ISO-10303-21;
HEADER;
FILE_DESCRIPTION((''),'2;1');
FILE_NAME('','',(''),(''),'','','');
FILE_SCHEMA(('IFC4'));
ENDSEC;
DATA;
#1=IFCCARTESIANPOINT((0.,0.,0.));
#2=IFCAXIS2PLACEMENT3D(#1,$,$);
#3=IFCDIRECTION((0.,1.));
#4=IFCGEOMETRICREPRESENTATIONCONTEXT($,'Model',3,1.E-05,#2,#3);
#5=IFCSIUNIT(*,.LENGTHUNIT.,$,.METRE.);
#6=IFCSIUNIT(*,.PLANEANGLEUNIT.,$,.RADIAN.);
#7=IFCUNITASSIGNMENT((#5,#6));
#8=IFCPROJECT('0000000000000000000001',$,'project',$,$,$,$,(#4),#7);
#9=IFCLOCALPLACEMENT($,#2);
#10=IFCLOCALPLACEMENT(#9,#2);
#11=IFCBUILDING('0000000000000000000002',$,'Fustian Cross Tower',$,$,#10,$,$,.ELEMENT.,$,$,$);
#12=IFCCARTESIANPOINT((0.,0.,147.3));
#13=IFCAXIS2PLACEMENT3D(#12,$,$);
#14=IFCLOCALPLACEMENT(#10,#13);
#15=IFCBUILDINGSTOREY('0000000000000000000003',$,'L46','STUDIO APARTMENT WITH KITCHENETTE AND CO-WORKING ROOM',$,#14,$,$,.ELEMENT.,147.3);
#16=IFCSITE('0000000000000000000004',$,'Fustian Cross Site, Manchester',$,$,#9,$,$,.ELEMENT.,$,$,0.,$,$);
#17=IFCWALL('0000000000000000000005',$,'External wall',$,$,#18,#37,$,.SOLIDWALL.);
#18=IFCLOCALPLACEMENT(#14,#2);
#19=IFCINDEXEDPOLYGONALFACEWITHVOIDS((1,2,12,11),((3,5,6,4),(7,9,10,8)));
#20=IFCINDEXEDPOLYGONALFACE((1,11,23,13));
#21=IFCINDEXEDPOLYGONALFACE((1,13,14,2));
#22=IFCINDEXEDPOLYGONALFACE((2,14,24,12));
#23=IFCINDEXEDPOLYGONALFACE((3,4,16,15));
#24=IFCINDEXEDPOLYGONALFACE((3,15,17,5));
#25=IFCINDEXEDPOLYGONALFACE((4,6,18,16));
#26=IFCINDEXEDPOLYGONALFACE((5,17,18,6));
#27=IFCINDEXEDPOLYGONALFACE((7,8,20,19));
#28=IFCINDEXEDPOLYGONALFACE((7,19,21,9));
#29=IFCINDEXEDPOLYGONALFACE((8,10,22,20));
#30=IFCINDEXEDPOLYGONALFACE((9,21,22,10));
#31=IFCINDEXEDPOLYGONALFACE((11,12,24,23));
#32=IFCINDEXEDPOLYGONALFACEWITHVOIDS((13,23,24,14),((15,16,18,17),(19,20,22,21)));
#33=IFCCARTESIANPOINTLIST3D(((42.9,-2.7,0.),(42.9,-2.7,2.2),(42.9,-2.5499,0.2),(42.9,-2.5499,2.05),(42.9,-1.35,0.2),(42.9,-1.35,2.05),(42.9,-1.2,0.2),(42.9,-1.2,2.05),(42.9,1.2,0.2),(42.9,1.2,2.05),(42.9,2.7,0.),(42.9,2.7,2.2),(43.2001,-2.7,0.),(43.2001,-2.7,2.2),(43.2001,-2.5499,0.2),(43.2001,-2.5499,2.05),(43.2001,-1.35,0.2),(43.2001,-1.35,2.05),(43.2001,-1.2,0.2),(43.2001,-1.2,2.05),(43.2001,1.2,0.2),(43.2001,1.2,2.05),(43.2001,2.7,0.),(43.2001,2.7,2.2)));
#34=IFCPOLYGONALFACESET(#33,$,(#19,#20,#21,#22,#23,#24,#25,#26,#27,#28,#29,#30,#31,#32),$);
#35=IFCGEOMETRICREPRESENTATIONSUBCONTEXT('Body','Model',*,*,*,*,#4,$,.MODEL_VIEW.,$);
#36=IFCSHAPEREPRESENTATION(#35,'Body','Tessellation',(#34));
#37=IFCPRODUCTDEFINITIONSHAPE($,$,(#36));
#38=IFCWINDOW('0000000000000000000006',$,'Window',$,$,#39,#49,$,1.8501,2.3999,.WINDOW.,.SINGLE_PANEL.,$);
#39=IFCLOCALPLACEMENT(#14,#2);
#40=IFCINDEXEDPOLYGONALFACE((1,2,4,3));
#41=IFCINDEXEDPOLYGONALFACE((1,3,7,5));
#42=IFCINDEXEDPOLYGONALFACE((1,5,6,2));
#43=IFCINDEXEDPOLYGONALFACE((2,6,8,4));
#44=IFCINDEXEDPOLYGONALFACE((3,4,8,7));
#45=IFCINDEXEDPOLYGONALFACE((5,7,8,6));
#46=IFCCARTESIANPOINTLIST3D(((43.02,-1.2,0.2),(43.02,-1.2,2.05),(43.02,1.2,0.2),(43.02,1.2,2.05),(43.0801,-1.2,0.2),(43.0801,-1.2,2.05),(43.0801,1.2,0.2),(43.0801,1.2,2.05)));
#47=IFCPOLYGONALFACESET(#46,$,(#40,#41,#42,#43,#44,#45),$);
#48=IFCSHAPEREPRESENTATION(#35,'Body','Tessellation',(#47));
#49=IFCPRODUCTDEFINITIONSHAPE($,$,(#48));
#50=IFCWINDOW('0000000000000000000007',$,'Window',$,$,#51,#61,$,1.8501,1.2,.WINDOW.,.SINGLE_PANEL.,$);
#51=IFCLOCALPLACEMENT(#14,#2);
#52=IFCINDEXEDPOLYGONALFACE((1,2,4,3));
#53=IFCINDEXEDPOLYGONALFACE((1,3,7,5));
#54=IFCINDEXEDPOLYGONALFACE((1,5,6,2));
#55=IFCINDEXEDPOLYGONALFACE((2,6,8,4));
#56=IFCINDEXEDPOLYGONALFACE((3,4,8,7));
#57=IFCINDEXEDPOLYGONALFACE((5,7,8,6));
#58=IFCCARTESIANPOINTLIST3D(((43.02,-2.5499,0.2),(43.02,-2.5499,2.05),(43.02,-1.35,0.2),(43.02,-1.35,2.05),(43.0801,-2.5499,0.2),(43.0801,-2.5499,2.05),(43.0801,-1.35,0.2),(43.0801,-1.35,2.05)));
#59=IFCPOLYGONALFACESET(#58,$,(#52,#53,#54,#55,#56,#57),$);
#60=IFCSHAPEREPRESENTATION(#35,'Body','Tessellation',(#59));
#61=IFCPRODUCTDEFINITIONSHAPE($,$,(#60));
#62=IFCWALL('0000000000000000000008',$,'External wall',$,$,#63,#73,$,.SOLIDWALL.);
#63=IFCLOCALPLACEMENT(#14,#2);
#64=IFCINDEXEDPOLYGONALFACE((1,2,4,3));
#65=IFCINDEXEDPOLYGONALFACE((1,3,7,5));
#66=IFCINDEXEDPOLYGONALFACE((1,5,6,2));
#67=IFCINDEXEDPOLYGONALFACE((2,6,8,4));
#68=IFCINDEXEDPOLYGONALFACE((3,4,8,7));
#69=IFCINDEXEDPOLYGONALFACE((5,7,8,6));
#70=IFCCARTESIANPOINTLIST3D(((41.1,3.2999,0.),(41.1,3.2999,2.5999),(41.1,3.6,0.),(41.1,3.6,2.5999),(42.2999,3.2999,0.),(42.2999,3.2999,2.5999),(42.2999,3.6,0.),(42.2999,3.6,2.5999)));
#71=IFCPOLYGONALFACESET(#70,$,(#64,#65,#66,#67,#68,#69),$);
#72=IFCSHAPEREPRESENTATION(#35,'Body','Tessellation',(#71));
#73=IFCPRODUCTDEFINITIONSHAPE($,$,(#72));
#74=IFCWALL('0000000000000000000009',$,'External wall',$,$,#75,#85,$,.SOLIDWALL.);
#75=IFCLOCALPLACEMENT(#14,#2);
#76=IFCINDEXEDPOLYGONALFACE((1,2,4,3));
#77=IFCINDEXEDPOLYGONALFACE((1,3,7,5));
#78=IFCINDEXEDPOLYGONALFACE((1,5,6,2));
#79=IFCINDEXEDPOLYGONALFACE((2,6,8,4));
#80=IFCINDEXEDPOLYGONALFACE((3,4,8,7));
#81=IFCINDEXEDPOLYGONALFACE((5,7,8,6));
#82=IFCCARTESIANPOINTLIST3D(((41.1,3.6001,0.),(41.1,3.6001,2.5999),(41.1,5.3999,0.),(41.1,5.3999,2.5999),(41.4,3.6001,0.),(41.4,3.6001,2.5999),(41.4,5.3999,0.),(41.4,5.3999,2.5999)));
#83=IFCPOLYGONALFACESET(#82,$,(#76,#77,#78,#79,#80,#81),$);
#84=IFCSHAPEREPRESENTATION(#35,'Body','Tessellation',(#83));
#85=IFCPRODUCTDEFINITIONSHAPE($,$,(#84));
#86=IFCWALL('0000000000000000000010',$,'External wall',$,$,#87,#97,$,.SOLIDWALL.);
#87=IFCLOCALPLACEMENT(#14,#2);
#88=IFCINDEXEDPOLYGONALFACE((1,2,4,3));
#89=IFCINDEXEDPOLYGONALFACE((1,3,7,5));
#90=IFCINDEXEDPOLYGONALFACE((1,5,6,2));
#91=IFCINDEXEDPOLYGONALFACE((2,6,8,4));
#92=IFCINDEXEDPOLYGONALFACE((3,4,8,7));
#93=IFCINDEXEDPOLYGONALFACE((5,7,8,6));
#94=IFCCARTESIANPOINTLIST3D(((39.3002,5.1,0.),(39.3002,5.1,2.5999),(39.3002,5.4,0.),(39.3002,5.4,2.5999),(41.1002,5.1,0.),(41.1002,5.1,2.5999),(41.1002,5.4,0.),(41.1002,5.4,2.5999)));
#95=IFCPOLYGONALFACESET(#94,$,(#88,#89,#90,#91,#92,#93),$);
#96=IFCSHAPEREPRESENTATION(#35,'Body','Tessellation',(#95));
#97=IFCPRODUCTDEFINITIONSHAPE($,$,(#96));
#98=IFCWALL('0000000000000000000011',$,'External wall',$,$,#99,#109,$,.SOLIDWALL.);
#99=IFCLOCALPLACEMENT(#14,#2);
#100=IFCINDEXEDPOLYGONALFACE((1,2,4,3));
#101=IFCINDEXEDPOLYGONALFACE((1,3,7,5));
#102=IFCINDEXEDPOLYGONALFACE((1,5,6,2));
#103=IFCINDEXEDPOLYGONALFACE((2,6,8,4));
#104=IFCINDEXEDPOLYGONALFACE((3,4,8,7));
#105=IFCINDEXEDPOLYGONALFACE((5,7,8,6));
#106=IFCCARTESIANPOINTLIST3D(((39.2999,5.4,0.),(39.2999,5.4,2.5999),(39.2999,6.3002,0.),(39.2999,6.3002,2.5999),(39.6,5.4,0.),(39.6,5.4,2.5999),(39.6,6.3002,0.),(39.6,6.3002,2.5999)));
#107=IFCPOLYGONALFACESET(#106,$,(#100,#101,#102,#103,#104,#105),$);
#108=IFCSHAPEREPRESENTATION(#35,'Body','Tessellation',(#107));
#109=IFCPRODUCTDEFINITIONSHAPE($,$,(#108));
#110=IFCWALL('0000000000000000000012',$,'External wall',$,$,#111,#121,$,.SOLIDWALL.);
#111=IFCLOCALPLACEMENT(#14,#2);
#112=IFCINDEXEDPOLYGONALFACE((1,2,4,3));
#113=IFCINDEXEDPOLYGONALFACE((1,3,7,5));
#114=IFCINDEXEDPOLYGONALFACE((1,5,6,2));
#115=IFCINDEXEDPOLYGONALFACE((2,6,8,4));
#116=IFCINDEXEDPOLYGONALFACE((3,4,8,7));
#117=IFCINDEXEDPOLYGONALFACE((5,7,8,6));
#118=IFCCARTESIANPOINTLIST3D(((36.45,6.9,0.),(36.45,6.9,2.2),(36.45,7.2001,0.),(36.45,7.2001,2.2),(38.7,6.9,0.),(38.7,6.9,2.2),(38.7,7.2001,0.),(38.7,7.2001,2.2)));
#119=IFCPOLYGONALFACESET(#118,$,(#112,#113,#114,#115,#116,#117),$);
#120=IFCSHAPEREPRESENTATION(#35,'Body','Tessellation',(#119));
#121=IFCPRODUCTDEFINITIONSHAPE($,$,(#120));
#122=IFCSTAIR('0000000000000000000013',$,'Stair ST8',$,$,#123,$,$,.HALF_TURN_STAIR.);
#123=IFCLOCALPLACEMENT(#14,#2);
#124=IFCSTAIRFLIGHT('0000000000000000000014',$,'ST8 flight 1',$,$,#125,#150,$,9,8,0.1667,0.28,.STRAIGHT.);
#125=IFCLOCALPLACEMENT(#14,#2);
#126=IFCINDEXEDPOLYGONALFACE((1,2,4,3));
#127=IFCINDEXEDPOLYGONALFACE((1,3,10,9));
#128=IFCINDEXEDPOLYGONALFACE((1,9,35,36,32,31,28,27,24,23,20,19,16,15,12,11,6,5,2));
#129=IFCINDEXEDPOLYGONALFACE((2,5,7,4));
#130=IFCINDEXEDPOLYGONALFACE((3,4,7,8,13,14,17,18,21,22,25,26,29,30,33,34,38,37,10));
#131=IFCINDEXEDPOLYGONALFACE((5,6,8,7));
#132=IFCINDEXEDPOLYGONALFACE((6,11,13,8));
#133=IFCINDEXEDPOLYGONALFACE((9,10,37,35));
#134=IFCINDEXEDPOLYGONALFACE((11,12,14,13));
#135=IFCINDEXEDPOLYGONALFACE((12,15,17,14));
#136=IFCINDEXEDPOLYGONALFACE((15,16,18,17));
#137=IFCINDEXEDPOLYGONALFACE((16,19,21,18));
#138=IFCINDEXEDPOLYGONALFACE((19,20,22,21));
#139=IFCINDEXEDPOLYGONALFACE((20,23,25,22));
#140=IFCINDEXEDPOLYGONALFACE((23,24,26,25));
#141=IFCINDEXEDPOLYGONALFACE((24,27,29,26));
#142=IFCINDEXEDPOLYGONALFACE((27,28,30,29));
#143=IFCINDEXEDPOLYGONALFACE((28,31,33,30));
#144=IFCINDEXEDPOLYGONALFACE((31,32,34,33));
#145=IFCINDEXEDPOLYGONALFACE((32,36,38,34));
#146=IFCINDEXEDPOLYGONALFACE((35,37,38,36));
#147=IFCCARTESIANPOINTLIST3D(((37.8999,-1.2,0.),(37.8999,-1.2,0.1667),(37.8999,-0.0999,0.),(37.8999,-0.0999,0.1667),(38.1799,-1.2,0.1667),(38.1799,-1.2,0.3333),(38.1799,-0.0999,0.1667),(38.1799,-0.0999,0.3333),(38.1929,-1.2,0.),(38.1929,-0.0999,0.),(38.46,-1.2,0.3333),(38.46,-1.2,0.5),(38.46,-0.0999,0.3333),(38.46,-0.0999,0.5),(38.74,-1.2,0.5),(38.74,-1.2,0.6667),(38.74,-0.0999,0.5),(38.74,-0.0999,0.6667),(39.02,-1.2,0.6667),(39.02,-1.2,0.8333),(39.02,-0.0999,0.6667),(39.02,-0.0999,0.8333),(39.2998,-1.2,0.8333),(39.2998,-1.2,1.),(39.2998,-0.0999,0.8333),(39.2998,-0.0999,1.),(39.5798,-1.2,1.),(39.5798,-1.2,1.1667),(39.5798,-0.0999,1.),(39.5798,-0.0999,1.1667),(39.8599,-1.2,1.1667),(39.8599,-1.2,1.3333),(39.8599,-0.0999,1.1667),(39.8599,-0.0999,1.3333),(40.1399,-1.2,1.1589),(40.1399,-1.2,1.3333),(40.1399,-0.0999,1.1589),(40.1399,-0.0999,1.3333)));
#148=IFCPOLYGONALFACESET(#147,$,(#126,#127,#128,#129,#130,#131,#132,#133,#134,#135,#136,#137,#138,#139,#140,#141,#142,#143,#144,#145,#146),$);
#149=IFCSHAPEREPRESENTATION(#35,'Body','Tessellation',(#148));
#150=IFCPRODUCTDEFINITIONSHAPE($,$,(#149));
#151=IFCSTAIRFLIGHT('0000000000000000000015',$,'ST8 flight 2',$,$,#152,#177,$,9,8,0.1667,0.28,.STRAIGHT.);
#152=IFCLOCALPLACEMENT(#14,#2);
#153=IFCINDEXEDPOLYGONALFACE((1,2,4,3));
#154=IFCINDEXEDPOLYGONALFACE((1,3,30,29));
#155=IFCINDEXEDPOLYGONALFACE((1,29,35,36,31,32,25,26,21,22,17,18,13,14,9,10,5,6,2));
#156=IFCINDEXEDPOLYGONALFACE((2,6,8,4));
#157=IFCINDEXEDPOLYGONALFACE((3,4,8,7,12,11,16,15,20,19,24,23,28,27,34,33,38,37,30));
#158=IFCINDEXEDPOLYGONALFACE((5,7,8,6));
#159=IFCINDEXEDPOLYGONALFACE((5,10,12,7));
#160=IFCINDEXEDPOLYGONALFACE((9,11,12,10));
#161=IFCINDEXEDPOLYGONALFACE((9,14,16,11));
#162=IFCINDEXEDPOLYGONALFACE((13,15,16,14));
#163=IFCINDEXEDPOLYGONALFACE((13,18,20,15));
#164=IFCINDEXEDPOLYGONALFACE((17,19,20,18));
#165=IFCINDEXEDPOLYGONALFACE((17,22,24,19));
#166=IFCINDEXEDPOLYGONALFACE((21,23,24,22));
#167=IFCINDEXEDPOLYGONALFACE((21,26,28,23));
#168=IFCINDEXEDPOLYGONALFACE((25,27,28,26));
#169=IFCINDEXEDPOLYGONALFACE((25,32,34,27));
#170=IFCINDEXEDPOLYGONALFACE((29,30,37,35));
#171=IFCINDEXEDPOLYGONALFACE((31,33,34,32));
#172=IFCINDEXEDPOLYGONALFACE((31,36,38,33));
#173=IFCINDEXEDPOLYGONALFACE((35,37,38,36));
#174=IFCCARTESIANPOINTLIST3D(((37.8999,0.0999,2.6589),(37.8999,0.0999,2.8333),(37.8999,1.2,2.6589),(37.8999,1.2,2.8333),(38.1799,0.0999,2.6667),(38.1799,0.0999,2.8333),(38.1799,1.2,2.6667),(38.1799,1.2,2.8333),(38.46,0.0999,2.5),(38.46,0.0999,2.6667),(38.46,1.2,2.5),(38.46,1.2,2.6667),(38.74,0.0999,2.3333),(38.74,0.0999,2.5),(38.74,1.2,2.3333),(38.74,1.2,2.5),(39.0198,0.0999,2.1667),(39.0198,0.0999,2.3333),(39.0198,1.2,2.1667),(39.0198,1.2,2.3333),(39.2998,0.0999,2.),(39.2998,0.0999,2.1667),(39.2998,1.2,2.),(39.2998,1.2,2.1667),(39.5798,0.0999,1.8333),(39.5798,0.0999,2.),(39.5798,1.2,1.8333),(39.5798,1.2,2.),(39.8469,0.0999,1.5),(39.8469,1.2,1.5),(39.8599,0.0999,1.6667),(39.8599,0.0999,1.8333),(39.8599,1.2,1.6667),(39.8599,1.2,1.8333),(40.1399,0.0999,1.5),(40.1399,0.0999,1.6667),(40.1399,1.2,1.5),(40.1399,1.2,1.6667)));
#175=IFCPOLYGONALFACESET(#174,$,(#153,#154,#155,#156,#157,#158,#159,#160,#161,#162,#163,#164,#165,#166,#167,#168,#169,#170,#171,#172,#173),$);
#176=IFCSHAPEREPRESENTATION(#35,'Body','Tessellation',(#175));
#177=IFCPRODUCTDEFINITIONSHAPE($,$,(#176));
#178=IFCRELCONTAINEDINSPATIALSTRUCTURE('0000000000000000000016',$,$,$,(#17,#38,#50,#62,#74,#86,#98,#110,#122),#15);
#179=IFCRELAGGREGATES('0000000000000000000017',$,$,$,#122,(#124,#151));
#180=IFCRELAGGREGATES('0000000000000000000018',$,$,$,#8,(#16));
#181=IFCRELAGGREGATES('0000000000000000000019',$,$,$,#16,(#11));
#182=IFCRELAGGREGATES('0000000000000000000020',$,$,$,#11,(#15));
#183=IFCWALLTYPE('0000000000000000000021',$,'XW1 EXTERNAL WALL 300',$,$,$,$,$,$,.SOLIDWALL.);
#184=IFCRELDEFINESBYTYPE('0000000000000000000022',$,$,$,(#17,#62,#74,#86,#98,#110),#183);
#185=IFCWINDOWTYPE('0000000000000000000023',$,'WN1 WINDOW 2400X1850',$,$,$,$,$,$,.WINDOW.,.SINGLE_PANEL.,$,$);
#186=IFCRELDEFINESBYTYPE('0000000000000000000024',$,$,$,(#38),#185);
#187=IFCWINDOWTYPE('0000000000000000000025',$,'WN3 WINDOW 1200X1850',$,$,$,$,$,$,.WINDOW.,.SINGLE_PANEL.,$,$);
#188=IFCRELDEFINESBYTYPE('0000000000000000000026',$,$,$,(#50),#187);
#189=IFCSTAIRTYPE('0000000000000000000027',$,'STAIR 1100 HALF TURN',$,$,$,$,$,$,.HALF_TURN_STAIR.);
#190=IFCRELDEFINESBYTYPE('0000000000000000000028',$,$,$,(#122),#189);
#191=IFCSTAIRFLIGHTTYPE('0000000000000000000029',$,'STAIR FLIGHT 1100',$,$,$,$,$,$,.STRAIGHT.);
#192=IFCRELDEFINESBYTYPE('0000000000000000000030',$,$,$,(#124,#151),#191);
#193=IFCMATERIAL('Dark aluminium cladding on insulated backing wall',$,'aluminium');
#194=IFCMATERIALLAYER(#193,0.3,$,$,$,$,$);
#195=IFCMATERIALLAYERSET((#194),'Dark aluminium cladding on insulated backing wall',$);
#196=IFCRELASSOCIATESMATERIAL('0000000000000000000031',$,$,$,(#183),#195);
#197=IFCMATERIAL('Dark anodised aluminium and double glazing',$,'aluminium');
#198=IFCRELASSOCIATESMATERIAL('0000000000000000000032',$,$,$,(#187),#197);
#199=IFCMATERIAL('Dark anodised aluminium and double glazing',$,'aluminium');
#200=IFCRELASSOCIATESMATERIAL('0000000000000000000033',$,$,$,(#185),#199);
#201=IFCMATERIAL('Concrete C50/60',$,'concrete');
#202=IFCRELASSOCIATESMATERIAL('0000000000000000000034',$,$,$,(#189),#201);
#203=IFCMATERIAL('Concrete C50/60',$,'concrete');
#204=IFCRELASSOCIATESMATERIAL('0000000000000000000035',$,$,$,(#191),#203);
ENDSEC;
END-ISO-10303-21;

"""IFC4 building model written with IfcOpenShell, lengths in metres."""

from ifc_helpers import new_model, si_unit, direction, frame, frame_2d, origin, place, context, subcontext, project, spatial, polyline, rectangle, outline, extrude, material, layer, layer_set, type_object, element, fill, aggregate, save


model = new_model("IFC4")

# Units and contexts
model_context = context("Model", 3, precision=1e-05, world=origin(), true_north=direction((0.0, 1.0)))
body_context = subcontext(model_context, "Body", "Model", "MODEL_VIEW")
ifc_project = project(units=[si_unit("LENGTHUNIT", "METRE"), si_unit("PLANEANGLEUNIT", "RADIAN")], contexts=[model_context])

# Site, building, storey
site_placement = place(None, origin())
site = spatial("IfcSite", under=ifc_project, at=site_placement, Name="Fustian Cross Site, Manchester", CompositionType="ELEMENT", RefElevation=0.0)
building_placement = place(site_placement, origin())
building = spatial("IfcBuilding", under=site, at=building_placement, Name="Fustian Cross Tower", CompositionType="ELEMENT")
storey_placement = place(building_placement, frame((0.0, 0.0, 147.3)))
storey = spatial("IfcBuildingStorey", under=building, at=storey_placement, Name="L46", Description="STUDIO APARTMENT WITH KITCHENETTE AND CO-WORKING ROOM", CompositionType="ELEMENT", Elevation=147.3)

# Shared definitions
ifc_material_1 = material(Name="Dark aluminium cladding on insulated backing wall", Category="aluminium")
ifc_layer_1 = layer(ifc_material_1, 0.3)
ifc_layer_set_1 = layer_set([ifc_layer_1], Name="Dark aluminium cladding on insulated backing wall")
wall_type_1 = type_object("IfcWallType", Name="XW1 EXTERNAL WALL 300", PredefinedType="SOLIDWALL", material=ifc_layer_set_1)

# Shared definitions
ifc_material_2 = material(Name="Dark anodised aluminium and double glazing", Category="aluminium")
window_type_1 = type_object("IfcWindowType", Name="WN3 WINDOW 1200X1850", PartitioningType="SINGLE_PANEL", PredefinedType="WINDOW", material=ifc_material_2)

# Wall, openings, windows
wall_1_placement = place(storey_placement, frame((43.05, -2.7, 0.0), z_axis=(0.0, 0.0, 1.0), x_axis=(0.0, 1.0, 0.0)))
wall_1 = element("IfcWall", 1, at=wall_1_placement, inside=storey, type_object=wall_type_1, Name="External wall", PredefinedType="SOLIDWALL", context=body_context, shape_type="SweptSolid", body=[
    extrude(rectangle(XDim=5.3999, YDim=0.3, at=frame_2d((2.7, 0.0))), origin(), (0.0, 0.0, 1.0), 2.2),
])
opening_1_placement = place(wall_1_placement, frame((1.5, 0.0, 0.2)))
opening_1 = element("IfcOpeningElement", 2, at=opening_1_placement, cuts=wall_1, PredefinedType="OPENING", context=body_context, shape_type="SweptSolid", body=[
    extrude(rectangle(XDim=2.3999, YDim=1.8501, at=frame_2d((1.2, 0.925))), frame((0.0, 0.1599, 0.0), z_axis=(0.0, -1.0, 0.0), x_axis=(1.0, 0.0, 0.0)), (0.0, 0.0, 1.0), 0.3201),
])
opening_2_placement = place(wall_1_placement, frame((0.1499, 0.0, 0.2)))
opening_2 = element("IfcOpeningElement", 3, at=opening_2_placement, cuts=wall_1, PredefinedType="OPENING", context=body_context, shape_type="SweptSolid", body=[
    extrude(rectangle(XDim=1.2, YDim=1.8501, at=frame_2d((0.6001, 0.925))), frame((0.0, 0.1599, 0.0), z_axis=(0.0, -1.0, 0.0), x_axis=(1.0, 0.0, 0.0)), (0.0, 0.0, 1.0), 0.3201),
])
ifc_material_3 = material(Name="Dark anodised aluminium and double glazing", Category="aluminium")
window_type_2 = type_object("IfcWindowType", Name="WN1 WINDOW 2400X1850", PartitioningType="SINGLE_PANEL", PredefinedType="WINDOW", material=ifc_material_3)
window_1_placement = place(opening_1_placement, origin())
window_1 = element("IfcWindow", 4, at=window_1_placement, inside=storey, type_object=window_type_2, Name="Window", OverallHeight=1.8501, OverallWidth=2.3999, PartitioningType="SINGLE_PANEL", PredefinedType="WINDOW", context=body_context, shape_type="SweptSolid", body=[
    extrude(rectangle(XDim=2.3999, YDim=1.8501, at=frame_2d((1.2, 0.925))), frame((0.0, 0.03, 0.0), z_axis=(0.0, -1.0, 0.0), x_axis=(1.0, 0.0, 0.0)), (0.0, 0.0, 1.0), 0.0601),
])
fill(opening_1, window_1)
window_2_placement = place(opening_2_placement, origin())
window_2 = element("IfcWindow", 5, at=window_2_placement, inside=storey, type_object=window_type_1, Name="Window", OverallHeight=1.8501, OverallWidth=1.2, PartitioningType="SINGLE_PANEL", PredefinedType="WINDOW", context=body_context, shape_type="SweptSolid", body=[
    extrude(rectangle(XDim=1.2, YDim=1.8501, at=frame_2d((0.6001, 0.925))), frame((0.0, 0.03, 0.0), z_axis=(0.0, -1.0, 0.0), x_axis=(1.0, 0.0, 0.0)), (0.0, 0.0, 1.0), 0.0601),
])
fill(opening_2, window_2)

# Walls
wall_2_placement = place(storey_placement, frame((42.3, 3.45, 0.0), z_axis=(0.0, 0.0, 1.0), x_axis=(-1.0, 0.0, 0.0)))
element("IfcWall", 6, at=wall_2_placement, inside=storey, type_object=wall_type_1, Name="External wall", PredefinedType="SOLIDWALL", context=body_context, shape_type="SweptSolid", body=[
    extrude(rectangle(XDim=1.2, YDim=0.3, at=frame_2d((0.6001, 0.0))), origin(), (0.0, 0.0, 1.0), 2.5999),
])
wall_3_placement = place(storey_placement, frame((41.25, 3.6001, 0.0), z_axis=(0.0, 0.0, 1.0), x_axis=(0.0, 1.0, 0.0)))
element("IfcWall", 7, at=wall_3_placement, inside=storey, type_object=wall_type_1, Name="External wall", PredefinedType="SOLIDWALL", context=body_context, shape_type="SweptSolid", body=[
    extrude(rectangle(XDim=1.7998, YDim=0.3, at=frame_2d((0.8999, 0.0))), origin(), (0.0, 0.0, 1.0), 2.5999),
])
wall_4_placement = place(storey_placement, frame((41.1001, 5.25, 0.0), z_axis=(0.0, 0.0, 1.0), x_axis=(-1.0, 0.0, 0.0)))
element("IfcWall", 8, at=wall_4_placement, inside=storey, type_object=wall_type_1, Name="External wall", PredefinedType="SOLIDWALL", context=body_context, shape_type="SweptSolid", body=[
    extrude(rectangle(XDim=1.8, YDim=0.3, at=frame_2d((0.8999, 0.0))), origin(), (0.0, 0.0, 1.0), 2.5999),
])
wall_5_placement = place(storey_placement, frame((39.45, 5.3999, 0.0), z_axis=(0.0, 0.0, 1.0), x_axis=(0.0, 1.0, 0.0)))
element("IfcWall", 9, at=wall_5_placement, inside=storey, type_object=wall_type_1, Name="External wall", PredefinedType="SOLIDWALL", context=body_context, shape_type="SweptSolid", body=[
    extrude(rectangle(XDim=0.9001, YDim=0.3, at=frame_2d((0.4502, 0.0))), origin(), (0.0, 0.0, 1.0), 2.5999),
])
wall_6_placement = place(storey_placement, frame((38.7, 7.05, 0.0), z_axis=(0.0, 0.0, 1.0), x_axis=(-1.0, 0.0, 0.0)))
element("IfcWall", 10, at=wall_6_placement, inside=storey, type_object=wall_type_1, Name="External wall", PredefinedType="SOLIDWALL", context=body_context, shape_type="SweptSolid", body=[
    extrude(rectangle(XDim=2.25, YDim=0.3, at=frame_2d((1.125, 0.0))), origin(), (0.0, 0.0, 1.0), 2.2),
])

# Stair, stair flights
ifc_material_4 = material(Name="Concrete C50/60", Category="concrete")
stair_type = type_object("IfcStairType", Name="STAIR 1100 HALF TURN", PredefinedType="HALF_TURN_STAIR", material=ifc_material_4)
stair_placement = place(storey_placement, origin())
stair = element("IfcStair", 11, at=stair_placement, inside=storey, type_object=stair_type, Name="Stair ST8", PredefinedType="HALF_TURN_STAIR")
ifc_material_5 = material(Name="Concrete C50/60", Category="concrete")
stair_flight_type = type_object("IfcStairFlightType", Name="STAIR FLIGHT 1100", PredefinedType="STRAIGHT", material=ifc_material_5)
stair_flight_1_placement = place(storey_placement, frame((37.8999, -0.6499, 0.0), z_axis=(0.0, 0.0, 1.0), x_axis=(1.0, 0.0, 0.0)))
stair_flight_1 = element("IfcStairFlight", 12, at=stair_flight_1_placement, type_object=stair_flight_type, Name="ST8 flight 1", NumberOfRisers=9, NumberOfTreads=8, PredefinedType="STRAIGHT", RiserHeight=0.1667, TreadLength=0.28, context=body_context, shape_type="SweptSolid", body=[
    extrude(outline(polyline([(0.0, 0.0), (0.0, 0.1667), (0.28, 0.1667), (0.28, 0.3333), (0.5601, 0.3333), (0.5601, 0.5), (0.8401, 0.5), (0.8401, 0.6667), (1.1201, 0.6667), (1.1201, 0.8333), (1.3999, 0.8333), (1.3999, 1.0), (1.6799, 1.0), (1.6799, 1.1667), (1.96, 1.1667), (1.96, 1.3333), (2.24, 1.3333), (2.24, 1.5), (2.24, 1.1589), (0.293, 0.0), (0.0, 0.0)])), frame((0.0, 0.55, 0.0), z_axis=(0.0, -1.0, 0.0), x_axis=(1.0, 0.0, 0.0)), (0.0, 0.0, 1.0), 1.1001),
])
stair_flight_2_placement = place(storey_placement, frame((40.1399, 0.6499, 1.5), z_axis=(0.0, 0.0, 1.0), x_axis=(-1.0, 0.0, 0.0)))
stair_flight_2 = element("IfcStairFlight", 13, at=stair_flight_2_placement, type_object=stair_flight_type, Name="ST8 flight 2", NumberOfRisers=9, NumberOfTreads=8, PredefinedType="STRAIGHT", RiserHeight=0.1667, TreadLength=0.28, context=body_context, shape_type="SweptSolid", body=[
    extrude(outline(polyline([(0.0, 0.0), (0.0, 0.1667), (0.28, 0.1667), (0.28, 0.3333), (0.5601, 0.3333), (0.5601, 0.5), (0.8401, 0.5), (0.8401, 0.6667), (1.1201, 0.6667), (1.1201, 0.8333), (1.3999, 0.8333), (1.3999, 1.0), (1.6799, 1.0), (1.6799, 1.1667), (1.96, 1.1667), (1.96, 1.3333), (2.24, 1.3333), (2.24, 1.5), (2.24, 1.1589), (0.293, 0.0), (0.0, 0.0)])), frame((0.0, 0.55, 0.0), z_axis=(0.0, -1.0, 0.0), x_axis=(1.0, 0.0, 0.0)), (0.0, 0.0, 1.0), 1.1001),
])
aggregate(stair, [stair_flight_1, stair_flight_2])

save(model, "model.ifc")
